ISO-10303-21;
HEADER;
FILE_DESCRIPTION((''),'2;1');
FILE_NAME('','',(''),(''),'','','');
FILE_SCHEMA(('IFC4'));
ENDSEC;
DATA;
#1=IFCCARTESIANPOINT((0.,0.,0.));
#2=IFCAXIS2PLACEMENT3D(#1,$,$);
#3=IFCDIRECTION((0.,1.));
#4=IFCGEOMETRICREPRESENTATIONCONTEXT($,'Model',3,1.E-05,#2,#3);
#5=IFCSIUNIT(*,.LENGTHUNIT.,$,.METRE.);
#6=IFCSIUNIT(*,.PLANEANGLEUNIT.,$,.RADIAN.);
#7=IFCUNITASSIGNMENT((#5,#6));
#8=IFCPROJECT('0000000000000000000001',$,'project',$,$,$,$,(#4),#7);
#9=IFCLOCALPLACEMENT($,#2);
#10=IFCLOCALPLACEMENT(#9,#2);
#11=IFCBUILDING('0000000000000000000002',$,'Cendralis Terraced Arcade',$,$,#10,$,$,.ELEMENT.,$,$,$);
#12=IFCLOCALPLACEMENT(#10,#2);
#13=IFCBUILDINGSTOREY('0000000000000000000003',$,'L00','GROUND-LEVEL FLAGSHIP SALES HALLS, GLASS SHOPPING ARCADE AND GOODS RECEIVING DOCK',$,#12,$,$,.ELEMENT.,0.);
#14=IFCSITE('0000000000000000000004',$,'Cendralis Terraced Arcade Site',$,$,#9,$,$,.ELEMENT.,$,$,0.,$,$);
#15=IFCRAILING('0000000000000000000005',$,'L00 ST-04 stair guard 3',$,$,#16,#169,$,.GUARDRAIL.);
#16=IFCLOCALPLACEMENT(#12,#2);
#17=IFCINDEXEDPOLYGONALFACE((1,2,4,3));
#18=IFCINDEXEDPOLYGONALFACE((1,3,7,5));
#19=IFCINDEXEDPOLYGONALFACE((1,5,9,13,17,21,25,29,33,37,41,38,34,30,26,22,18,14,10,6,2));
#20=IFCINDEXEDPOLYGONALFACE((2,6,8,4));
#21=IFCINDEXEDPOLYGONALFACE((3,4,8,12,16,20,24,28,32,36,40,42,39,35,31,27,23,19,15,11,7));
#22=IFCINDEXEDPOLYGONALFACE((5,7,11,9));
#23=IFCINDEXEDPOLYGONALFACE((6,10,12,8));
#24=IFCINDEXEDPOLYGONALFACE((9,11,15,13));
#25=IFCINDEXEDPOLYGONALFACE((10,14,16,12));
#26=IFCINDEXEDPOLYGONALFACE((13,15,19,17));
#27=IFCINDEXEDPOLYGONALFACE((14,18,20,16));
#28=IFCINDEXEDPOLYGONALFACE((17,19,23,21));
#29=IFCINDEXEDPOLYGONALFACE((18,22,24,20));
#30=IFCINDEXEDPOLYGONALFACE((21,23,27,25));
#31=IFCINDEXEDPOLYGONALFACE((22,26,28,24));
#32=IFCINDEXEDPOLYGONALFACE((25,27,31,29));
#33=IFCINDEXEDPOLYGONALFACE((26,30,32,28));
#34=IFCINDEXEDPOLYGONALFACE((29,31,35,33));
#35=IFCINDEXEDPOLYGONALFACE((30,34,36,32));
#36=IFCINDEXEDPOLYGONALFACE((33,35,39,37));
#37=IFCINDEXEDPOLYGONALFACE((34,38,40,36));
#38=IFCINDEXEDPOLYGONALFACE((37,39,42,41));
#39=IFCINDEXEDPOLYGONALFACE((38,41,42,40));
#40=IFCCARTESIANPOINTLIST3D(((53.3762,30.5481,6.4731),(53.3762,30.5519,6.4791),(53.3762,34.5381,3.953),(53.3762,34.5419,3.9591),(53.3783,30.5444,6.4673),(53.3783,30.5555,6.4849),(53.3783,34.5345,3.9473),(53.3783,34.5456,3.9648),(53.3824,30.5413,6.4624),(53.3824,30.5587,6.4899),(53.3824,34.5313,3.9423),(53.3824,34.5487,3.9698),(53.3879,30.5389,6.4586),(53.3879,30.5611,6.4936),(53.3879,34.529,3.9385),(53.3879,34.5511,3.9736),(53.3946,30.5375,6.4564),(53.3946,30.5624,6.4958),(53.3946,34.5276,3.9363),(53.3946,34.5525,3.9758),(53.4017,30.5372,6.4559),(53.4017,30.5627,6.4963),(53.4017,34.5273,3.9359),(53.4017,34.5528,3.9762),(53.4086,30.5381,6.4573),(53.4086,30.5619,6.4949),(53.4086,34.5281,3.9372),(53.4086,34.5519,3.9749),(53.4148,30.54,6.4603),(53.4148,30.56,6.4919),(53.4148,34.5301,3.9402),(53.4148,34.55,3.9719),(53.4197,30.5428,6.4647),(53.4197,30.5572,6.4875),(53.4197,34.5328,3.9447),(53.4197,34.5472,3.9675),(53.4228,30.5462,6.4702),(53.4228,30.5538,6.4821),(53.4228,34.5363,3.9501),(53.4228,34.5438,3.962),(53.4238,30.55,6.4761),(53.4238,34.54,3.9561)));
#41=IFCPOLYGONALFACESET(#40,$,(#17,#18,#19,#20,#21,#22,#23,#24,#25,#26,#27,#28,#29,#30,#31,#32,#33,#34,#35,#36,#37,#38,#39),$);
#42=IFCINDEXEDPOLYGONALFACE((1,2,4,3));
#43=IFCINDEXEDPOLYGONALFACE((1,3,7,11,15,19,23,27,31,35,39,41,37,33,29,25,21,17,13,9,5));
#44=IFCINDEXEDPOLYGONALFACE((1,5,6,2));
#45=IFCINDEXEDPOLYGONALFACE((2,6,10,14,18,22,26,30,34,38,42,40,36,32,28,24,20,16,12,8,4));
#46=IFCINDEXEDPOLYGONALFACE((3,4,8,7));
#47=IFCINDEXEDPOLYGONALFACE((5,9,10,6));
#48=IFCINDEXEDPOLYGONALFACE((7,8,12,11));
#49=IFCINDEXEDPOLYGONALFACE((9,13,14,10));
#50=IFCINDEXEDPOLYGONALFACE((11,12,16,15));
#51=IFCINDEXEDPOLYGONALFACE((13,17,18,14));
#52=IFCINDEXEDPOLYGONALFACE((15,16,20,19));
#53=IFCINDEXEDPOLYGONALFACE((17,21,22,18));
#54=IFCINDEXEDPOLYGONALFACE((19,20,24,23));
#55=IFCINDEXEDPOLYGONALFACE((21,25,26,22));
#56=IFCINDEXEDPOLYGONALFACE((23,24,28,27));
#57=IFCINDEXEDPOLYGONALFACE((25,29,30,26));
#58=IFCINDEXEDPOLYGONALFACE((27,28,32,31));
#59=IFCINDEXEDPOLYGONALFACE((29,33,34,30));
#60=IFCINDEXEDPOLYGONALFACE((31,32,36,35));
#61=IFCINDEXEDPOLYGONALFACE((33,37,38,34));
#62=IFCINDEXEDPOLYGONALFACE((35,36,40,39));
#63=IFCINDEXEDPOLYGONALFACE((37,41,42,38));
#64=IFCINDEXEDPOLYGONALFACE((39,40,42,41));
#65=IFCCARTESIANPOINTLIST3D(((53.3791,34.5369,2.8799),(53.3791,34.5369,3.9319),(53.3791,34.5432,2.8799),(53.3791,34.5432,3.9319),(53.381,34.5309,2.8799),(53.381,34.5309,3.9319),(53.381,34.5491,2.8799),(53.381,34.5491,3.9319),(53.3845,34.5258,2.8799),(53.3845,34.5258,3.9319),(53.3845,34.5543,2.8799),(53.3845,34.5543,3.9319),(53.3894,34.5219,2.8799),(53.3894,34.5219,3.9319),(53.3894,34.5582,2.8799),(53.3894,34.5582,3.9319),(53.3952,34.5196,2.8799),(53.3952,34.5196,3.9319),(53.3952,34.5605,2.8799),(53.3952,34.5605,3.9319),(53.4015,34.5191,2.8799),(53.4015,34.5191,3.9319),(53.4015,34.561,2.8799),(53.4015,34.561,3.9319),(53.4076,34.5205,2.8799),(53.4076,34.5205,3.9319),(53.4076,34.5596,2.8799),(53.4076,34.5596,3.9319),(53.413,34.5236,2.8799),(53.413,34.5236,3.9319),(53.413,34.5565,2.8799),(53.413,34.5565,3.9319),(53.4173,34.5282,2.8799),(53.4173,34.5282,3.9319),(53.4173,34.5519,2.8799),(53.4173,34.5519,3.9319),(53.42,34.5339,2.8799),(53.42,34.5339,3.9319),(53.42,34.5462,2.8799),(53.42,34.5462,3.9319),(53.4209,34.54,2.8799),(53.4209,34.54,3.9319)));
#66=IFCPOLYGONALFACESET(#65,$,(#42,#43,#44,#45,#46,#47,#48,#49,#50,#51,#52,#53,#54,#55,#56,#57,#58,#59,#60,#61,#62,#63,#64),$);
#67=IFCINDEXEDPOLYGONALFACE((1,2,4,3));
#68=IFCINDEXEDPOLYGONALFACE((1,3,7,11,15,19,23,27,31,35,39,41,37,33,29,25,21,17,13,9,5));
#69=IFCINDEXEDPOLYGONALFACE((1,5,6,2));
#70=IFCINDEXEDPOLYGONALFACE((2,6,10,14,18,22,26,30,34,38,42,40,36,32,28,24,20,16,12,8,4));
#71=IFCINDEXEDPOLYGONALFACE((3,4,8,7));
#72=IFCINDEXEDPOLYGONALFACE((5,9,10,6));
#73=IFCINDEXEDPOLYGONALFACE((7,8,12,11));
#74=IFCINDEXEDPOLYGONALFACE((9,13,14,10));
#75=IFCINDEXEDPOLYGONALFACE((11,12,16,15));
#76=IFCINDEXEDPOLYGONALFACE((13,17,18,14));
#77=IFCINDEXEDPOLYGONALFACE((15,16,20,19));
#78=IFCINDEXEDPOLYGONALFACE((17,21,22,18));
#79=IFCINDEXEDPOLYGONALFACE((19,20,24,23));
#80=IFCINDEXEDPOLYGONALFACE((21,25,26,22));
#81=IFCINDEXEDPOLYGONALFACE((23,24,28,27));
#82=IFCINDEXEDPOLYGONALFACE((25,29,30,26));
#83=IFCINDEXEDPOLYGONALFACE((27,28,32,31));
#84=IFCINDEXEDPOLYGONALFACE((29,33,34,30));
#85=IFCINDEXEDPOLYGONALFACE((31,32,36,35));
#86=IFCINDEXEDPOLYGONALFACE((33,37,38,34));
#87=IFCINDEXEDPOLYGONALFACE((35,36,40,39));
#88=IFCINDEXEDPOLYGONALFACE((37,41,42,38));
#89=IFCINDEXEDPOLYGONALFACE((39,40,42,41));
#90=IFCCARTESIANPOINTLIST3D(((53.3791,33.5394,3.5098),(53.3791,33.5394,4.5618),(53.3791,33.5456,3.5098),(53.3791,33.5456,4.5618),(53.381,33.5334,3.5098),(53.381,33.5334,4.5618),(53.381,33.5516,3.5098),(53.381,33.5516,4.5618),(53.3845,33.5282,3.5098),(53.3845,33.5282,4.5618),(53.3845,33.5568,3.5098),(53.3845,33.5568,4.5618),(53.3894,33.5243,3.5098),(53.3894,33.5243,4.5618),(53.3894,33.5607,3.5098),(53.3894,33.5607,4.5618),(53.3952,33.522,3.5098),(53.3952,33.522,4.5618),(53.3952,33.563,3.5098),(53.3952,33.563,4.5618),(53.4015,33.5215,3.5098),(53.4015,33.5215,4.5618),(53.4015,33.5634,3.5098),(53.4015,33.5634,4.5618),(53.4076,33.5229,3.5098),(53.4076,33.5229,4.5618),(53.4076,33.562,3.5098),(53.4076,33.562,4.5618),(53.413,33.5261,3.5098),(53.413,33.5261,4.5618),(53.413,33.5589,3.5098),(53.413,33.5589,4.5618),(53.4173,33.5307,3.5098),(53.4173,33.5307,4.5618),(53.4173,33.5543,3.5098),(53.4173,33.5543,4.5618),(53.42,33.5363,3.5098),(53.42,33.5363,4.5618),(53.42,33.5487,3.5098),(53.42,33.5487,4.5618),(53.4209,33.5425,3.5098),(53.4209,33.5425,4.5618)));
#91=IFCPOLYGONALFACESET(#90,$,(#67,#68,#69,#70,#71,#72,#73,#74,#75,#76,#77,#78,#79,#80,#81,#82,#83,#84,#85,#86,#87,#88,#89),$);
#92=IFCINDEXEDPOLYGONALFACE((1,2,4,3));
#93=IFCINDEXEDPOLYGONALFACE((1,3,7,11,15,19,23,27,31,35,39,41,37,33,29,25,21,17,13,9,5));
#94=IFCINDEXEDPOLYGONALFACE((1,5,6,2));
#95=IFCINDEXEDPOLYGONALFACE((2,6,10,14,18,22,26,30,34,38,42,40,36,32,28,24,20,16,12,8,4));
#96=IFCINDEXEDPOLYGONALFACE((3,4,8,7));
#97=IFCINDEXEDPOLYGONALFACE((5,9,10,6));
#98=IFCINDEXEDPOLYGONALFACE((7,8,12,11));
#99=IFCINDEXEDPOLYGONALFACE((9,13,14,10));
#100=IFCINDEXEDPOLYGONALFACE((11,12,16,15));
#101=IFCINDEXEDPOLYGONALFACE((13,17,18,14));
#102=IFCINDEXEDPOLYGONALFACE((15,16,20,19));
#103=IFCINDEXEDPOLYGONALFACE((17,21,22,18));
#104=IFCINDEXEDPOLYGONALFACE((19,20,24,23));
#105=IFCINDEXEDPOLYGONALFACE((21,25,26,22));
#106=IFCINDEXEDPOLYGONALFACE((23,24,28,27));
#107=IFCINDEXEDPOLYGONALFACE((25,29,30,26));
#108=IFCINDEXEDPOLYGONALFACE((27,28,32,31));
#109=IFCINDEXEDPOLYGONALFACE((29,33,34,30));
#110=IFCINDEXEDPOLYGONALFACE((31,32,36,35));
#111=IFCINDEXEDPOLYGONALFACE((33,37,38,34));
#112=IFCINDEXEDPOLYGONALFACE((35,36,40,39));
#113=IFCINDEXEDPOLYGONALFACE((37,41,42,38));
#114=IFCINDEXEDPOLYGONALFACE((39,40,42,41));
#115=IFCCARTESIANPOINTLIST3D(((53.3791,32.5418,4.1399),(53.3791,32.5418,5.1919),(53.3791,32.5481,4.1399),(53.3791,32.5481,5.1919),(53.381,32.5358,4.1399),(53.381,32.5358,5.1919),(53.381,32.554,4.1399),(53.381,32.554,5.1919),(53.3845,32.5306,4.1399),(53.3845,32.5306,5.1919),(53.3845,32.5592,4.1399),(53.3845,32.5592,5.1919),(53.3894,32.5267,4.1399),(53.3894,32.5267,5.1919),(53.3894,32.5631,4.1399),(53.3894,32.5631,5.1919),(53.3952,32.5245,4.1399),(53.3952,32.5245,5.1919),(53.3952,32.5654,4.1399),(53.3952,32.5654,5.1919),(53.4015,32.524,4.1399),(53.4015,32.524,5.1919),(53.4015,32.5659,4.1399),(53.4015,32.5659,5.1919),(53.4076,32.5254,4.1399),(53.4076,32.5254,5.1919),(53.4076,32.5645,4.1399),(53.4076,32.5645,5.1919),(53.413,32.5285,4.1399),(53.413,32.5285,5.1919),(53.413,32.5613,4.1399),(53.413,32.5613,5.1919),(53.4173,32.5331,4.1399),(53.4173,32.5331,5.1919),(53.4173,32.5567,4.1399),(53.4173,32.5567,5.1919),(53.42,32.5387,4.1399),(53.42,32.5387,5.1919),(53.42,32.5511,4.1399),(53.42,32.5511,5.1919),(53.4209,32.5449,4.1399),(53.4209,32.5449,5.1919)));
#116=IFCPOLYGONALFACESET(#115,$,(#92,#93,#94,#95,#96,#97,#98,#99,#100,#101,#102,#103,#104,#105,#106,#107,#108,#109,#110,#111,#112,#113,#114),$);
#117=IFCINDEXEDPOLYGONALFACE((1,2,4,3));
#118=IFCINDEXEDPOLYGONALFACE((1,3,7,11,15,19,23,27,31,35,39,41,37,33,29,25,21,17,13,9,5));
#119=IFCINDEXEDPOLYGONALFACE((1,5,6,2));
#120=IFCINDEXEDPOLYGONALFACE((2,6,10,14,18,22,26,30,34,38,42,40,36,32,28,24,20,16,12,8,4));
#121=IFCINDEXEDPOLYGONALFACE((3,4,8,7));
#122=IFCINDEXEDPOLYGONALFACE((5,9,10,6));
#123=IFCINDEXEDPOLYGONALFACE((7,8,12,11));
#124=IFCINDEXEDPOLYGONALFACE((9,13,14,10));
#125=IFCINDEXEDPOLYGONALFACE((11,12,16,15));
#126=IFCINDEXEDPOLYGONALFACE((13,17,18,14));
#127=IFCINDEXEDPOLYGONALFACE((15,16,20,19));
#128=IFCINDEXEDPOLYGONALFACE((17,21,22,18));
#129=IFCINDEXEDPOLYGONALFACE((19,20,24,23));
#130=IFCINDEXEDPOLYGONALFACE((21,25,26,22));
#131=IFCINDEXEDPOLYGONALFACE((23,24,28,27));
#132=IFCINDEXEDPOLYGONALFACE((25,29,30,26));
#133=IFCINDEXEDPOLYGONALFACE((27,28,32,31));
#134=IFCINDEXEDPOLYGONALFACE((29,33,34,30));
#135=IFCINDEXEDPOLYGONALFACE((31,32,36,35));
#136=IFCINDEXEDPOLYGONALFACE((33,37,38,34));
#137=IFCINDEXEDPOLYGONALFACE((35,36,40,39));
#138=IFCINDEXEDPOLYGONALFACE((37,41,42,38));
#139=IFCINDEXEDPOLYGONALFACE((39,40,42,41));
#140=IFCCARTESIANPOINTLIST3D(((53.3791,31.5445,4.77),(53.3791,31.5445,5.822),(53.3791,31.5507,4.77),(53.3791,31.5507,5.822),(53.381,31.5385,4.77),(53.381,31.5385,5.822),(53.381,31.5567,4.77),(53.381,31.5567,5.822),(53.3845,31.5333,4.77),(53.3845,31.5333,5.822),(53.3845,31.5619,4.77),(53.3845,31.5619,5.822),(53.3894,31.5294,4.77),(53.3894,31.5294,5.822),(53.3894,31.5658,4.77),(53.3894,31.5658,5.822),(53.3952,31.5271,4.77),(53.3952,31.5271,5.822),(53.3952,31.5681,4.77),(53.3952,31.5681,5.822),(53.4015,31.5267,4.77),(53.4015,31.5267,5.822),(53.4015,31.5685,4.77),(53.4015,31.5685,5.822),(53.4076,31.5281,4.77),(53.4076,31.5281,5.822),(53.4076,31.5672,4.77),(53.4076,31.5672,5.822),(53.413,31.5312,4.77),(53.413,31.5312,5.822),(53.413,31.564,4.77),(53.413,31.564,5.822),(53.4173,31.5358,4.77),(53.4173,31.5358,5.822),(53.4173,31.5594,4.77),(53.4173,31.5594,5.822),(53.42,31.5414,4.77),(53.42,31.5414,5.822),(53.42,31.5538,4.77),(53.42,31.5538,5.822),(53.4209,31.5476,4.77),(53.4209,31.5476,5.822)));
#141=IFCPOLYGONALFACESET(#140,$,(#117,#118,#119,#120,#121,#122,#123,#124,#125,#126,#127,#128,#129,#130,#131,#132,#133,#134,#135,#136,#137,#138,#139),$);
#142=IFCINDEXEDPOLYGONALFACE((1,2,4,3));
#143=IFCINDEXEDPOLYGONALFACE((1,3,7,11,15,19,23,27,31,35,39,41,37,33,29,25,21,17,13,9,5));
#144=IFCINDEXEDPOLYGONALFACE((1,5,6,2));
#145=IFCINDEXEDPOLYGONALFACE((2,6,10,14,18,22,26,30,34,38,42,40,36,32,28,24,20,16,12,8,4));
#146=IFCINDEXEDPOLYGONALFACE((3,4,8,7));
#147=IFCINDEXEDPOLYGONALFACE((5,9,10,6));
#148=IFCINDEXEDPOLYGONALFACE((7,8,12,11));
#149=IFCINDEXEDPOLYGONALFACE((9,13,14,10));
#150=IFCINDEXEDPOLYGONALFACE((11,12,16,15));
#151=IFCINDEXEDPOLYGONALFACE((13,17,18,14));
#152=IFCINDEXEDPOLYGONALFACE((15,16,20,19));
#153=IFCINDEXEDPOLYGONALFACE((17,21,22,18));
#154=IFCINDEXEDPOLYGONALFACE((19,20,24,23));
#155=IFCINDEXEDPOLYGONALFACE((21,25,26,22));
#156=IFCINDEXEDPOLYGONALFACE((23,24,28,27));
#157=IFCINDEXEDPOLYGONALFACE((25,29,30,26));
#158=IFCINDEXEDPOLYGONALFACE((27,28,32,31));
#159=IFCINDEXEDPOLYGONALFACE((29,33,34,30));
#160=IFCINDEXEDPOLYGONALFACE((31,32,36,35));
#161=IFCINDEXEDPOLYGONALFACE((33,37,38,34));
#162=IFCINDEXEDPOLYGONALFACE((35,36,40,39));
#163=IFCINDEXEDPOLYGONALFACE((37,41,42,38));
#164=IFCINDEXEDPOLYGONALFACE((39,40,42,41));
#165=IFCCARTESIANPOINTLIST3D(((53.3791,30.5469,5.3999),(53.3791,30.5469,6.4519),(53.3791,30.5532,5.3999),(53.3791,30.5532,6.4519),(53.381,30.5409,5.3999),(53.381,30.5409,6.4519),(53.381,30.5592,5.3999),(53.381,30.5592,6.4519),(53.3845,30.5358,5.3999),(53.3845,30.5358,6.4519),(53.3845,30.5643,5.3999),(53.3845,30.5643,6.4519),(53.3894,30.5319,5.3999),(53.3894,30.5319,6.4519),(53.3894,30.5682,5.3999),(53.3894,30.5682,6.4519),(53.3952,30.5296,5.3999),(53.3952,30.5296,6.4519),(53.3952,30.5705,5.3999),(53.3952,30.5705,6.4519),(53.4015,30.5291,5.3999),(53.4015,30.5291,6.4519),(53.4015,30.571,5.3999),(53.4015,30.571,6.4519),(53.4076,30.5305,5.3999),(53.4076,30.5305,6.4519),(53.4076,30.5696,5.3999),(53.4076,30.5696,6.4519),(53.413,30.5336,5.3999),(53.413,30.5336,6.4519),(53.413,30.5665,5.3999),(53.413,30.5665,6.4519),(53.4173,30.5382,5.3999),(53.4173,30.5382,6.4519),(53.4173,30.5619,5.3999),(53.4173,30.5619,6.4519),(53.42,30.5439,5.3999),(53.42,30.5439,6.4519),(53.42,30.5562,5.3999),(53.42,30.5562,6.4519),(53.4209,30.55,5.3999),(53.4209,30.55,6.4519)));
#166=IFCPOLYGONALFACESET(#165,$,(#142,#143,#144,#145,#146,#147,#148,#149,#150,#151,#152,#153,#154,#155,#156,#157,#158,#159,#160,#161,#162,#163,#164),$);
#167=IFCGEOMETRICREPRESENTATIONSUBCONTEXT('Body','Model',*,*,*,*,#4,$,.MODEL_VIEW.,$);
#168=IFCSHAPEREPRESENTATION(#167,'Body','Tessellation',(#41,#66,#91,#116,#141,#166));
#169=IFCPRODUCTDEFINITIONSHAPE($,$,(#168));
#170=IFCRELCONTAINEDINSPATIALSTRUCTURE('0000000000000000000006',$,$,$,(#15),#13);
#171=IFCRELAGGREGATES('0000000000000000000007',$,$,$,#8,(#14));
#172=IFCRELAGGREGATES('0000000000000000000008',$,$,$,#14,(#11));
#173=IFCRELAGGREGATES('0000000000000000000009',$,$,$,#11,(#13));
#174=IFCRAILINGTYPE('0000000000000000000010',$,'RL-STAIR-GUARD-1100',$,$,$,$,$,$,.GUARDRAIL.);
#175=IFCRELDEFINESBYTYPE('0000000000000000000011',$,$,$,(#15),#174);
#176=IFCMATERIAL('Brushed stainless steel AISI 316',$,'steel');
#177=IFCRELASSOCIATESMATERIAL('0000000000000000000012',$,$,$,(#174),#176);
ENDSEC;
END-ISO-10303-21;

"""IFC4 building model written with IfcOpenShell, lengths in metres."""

from ifc_helpers import new_model, si_unit, direction, frame, origin, origin_2d, place, context, subcontext, project, spatial, circle, extrude, material, type_object, element, save


model = new_model("IFC4")

# Units and contexts
model_context = context("Model", 3, precision=1e-05, world=origin(), true_north=direction((0.0, 1.0)))
body_context = subcontext(model_context, "Body", "Model", "MODEL_VIEW")
ifc_project = project(units=[si_unit("LENGTHUNIT", "METRE"), si_unit("PLANEANGLEUNIT", "RADIAN")], contexts=[model_context])

# Site, building, storey
site_placement = place(None, origin())
site = spatial("IfcSite", under=ifc_project, at=site_placement, Name="Cendralis Terraced Arcade Site", CompositionType="ELEMENT", RefElevation=0.0)
building_placement = place(site_placement, origin())
building = spatial("IfcBuilding", under=site, at=building_placement, Name="Cendralis Terraced Arcade", CompositionType="ELEMENT")
storey_placement = place(building_placement, origin())
storey = spatial("IfcBuildingStorey", under=building, at=storey_placement, Name="L00", Description="GROUND-LEVEL FLAGSHIP SALES HALLS, GLASS SHOPPING ARCADE AND GOODS RECEIVING DOCK", CompositionType="ELEMENT", Elevation=0.0)

# Railing
ifc_material_1 = material(Name="Brushed stainless steel AISI 316", Category="steel")
railing_type_1 = type_object("IfcRailingType", Name="RL-STAIR-GUARD-1100", PredefinedType="GUARDRAIL", material=ifc_material_1)
railing_1_placement = place(storey_placement, frame((53.3999, 34.54, 2.8799)))
element("IfcRailing", 1, at=railing_1_placement, inside=storey, type_object=railing_type_1, Name="L00 ST-04 stair guard 3", PredefinedType="GUARDRAIL", context=body_context, shape_type="SweptSolid", body=[
    extrude(circle(Radius=0.0239, at=origin_2d()), frame((0.0, 0.0, 1.0762), z_axis=(0.0, -0.845486, 0.533997), x_axis=(1.0, 0.0, 0.0)), (0.0, 0.0, 1.0), 4.7192),
    extrude(circle(Radius=0.021, at=origin_2d()), origin(), (0.0, 0.0, 1.0), 1.052),
    extrude(circle(Radius=0.021, at=origin_2d()), frame((0.0, -0.9976, 0.6299)), (0.0, 0.0, 1.0), 1.052),
    extrude(circle(Radius=0.021, at=origin_2d()), frame((0.0, -1.9951, 1.26)), (0.0, 0.0, 1.0), 1.052),
    extrude(circle(Radius=0.021, at=origin_2d()), frame((0.0, -2.9924, 1.8901)), (0.0, 0.0, 1.0), 1.052),
    extrude(circle(Radius=0.021, at=origin_2d()), frame((0.0, -3.99, 2.52)), (0.0, 0.0, 1.0), 1.052),
])

save(model, "model.ifc")
